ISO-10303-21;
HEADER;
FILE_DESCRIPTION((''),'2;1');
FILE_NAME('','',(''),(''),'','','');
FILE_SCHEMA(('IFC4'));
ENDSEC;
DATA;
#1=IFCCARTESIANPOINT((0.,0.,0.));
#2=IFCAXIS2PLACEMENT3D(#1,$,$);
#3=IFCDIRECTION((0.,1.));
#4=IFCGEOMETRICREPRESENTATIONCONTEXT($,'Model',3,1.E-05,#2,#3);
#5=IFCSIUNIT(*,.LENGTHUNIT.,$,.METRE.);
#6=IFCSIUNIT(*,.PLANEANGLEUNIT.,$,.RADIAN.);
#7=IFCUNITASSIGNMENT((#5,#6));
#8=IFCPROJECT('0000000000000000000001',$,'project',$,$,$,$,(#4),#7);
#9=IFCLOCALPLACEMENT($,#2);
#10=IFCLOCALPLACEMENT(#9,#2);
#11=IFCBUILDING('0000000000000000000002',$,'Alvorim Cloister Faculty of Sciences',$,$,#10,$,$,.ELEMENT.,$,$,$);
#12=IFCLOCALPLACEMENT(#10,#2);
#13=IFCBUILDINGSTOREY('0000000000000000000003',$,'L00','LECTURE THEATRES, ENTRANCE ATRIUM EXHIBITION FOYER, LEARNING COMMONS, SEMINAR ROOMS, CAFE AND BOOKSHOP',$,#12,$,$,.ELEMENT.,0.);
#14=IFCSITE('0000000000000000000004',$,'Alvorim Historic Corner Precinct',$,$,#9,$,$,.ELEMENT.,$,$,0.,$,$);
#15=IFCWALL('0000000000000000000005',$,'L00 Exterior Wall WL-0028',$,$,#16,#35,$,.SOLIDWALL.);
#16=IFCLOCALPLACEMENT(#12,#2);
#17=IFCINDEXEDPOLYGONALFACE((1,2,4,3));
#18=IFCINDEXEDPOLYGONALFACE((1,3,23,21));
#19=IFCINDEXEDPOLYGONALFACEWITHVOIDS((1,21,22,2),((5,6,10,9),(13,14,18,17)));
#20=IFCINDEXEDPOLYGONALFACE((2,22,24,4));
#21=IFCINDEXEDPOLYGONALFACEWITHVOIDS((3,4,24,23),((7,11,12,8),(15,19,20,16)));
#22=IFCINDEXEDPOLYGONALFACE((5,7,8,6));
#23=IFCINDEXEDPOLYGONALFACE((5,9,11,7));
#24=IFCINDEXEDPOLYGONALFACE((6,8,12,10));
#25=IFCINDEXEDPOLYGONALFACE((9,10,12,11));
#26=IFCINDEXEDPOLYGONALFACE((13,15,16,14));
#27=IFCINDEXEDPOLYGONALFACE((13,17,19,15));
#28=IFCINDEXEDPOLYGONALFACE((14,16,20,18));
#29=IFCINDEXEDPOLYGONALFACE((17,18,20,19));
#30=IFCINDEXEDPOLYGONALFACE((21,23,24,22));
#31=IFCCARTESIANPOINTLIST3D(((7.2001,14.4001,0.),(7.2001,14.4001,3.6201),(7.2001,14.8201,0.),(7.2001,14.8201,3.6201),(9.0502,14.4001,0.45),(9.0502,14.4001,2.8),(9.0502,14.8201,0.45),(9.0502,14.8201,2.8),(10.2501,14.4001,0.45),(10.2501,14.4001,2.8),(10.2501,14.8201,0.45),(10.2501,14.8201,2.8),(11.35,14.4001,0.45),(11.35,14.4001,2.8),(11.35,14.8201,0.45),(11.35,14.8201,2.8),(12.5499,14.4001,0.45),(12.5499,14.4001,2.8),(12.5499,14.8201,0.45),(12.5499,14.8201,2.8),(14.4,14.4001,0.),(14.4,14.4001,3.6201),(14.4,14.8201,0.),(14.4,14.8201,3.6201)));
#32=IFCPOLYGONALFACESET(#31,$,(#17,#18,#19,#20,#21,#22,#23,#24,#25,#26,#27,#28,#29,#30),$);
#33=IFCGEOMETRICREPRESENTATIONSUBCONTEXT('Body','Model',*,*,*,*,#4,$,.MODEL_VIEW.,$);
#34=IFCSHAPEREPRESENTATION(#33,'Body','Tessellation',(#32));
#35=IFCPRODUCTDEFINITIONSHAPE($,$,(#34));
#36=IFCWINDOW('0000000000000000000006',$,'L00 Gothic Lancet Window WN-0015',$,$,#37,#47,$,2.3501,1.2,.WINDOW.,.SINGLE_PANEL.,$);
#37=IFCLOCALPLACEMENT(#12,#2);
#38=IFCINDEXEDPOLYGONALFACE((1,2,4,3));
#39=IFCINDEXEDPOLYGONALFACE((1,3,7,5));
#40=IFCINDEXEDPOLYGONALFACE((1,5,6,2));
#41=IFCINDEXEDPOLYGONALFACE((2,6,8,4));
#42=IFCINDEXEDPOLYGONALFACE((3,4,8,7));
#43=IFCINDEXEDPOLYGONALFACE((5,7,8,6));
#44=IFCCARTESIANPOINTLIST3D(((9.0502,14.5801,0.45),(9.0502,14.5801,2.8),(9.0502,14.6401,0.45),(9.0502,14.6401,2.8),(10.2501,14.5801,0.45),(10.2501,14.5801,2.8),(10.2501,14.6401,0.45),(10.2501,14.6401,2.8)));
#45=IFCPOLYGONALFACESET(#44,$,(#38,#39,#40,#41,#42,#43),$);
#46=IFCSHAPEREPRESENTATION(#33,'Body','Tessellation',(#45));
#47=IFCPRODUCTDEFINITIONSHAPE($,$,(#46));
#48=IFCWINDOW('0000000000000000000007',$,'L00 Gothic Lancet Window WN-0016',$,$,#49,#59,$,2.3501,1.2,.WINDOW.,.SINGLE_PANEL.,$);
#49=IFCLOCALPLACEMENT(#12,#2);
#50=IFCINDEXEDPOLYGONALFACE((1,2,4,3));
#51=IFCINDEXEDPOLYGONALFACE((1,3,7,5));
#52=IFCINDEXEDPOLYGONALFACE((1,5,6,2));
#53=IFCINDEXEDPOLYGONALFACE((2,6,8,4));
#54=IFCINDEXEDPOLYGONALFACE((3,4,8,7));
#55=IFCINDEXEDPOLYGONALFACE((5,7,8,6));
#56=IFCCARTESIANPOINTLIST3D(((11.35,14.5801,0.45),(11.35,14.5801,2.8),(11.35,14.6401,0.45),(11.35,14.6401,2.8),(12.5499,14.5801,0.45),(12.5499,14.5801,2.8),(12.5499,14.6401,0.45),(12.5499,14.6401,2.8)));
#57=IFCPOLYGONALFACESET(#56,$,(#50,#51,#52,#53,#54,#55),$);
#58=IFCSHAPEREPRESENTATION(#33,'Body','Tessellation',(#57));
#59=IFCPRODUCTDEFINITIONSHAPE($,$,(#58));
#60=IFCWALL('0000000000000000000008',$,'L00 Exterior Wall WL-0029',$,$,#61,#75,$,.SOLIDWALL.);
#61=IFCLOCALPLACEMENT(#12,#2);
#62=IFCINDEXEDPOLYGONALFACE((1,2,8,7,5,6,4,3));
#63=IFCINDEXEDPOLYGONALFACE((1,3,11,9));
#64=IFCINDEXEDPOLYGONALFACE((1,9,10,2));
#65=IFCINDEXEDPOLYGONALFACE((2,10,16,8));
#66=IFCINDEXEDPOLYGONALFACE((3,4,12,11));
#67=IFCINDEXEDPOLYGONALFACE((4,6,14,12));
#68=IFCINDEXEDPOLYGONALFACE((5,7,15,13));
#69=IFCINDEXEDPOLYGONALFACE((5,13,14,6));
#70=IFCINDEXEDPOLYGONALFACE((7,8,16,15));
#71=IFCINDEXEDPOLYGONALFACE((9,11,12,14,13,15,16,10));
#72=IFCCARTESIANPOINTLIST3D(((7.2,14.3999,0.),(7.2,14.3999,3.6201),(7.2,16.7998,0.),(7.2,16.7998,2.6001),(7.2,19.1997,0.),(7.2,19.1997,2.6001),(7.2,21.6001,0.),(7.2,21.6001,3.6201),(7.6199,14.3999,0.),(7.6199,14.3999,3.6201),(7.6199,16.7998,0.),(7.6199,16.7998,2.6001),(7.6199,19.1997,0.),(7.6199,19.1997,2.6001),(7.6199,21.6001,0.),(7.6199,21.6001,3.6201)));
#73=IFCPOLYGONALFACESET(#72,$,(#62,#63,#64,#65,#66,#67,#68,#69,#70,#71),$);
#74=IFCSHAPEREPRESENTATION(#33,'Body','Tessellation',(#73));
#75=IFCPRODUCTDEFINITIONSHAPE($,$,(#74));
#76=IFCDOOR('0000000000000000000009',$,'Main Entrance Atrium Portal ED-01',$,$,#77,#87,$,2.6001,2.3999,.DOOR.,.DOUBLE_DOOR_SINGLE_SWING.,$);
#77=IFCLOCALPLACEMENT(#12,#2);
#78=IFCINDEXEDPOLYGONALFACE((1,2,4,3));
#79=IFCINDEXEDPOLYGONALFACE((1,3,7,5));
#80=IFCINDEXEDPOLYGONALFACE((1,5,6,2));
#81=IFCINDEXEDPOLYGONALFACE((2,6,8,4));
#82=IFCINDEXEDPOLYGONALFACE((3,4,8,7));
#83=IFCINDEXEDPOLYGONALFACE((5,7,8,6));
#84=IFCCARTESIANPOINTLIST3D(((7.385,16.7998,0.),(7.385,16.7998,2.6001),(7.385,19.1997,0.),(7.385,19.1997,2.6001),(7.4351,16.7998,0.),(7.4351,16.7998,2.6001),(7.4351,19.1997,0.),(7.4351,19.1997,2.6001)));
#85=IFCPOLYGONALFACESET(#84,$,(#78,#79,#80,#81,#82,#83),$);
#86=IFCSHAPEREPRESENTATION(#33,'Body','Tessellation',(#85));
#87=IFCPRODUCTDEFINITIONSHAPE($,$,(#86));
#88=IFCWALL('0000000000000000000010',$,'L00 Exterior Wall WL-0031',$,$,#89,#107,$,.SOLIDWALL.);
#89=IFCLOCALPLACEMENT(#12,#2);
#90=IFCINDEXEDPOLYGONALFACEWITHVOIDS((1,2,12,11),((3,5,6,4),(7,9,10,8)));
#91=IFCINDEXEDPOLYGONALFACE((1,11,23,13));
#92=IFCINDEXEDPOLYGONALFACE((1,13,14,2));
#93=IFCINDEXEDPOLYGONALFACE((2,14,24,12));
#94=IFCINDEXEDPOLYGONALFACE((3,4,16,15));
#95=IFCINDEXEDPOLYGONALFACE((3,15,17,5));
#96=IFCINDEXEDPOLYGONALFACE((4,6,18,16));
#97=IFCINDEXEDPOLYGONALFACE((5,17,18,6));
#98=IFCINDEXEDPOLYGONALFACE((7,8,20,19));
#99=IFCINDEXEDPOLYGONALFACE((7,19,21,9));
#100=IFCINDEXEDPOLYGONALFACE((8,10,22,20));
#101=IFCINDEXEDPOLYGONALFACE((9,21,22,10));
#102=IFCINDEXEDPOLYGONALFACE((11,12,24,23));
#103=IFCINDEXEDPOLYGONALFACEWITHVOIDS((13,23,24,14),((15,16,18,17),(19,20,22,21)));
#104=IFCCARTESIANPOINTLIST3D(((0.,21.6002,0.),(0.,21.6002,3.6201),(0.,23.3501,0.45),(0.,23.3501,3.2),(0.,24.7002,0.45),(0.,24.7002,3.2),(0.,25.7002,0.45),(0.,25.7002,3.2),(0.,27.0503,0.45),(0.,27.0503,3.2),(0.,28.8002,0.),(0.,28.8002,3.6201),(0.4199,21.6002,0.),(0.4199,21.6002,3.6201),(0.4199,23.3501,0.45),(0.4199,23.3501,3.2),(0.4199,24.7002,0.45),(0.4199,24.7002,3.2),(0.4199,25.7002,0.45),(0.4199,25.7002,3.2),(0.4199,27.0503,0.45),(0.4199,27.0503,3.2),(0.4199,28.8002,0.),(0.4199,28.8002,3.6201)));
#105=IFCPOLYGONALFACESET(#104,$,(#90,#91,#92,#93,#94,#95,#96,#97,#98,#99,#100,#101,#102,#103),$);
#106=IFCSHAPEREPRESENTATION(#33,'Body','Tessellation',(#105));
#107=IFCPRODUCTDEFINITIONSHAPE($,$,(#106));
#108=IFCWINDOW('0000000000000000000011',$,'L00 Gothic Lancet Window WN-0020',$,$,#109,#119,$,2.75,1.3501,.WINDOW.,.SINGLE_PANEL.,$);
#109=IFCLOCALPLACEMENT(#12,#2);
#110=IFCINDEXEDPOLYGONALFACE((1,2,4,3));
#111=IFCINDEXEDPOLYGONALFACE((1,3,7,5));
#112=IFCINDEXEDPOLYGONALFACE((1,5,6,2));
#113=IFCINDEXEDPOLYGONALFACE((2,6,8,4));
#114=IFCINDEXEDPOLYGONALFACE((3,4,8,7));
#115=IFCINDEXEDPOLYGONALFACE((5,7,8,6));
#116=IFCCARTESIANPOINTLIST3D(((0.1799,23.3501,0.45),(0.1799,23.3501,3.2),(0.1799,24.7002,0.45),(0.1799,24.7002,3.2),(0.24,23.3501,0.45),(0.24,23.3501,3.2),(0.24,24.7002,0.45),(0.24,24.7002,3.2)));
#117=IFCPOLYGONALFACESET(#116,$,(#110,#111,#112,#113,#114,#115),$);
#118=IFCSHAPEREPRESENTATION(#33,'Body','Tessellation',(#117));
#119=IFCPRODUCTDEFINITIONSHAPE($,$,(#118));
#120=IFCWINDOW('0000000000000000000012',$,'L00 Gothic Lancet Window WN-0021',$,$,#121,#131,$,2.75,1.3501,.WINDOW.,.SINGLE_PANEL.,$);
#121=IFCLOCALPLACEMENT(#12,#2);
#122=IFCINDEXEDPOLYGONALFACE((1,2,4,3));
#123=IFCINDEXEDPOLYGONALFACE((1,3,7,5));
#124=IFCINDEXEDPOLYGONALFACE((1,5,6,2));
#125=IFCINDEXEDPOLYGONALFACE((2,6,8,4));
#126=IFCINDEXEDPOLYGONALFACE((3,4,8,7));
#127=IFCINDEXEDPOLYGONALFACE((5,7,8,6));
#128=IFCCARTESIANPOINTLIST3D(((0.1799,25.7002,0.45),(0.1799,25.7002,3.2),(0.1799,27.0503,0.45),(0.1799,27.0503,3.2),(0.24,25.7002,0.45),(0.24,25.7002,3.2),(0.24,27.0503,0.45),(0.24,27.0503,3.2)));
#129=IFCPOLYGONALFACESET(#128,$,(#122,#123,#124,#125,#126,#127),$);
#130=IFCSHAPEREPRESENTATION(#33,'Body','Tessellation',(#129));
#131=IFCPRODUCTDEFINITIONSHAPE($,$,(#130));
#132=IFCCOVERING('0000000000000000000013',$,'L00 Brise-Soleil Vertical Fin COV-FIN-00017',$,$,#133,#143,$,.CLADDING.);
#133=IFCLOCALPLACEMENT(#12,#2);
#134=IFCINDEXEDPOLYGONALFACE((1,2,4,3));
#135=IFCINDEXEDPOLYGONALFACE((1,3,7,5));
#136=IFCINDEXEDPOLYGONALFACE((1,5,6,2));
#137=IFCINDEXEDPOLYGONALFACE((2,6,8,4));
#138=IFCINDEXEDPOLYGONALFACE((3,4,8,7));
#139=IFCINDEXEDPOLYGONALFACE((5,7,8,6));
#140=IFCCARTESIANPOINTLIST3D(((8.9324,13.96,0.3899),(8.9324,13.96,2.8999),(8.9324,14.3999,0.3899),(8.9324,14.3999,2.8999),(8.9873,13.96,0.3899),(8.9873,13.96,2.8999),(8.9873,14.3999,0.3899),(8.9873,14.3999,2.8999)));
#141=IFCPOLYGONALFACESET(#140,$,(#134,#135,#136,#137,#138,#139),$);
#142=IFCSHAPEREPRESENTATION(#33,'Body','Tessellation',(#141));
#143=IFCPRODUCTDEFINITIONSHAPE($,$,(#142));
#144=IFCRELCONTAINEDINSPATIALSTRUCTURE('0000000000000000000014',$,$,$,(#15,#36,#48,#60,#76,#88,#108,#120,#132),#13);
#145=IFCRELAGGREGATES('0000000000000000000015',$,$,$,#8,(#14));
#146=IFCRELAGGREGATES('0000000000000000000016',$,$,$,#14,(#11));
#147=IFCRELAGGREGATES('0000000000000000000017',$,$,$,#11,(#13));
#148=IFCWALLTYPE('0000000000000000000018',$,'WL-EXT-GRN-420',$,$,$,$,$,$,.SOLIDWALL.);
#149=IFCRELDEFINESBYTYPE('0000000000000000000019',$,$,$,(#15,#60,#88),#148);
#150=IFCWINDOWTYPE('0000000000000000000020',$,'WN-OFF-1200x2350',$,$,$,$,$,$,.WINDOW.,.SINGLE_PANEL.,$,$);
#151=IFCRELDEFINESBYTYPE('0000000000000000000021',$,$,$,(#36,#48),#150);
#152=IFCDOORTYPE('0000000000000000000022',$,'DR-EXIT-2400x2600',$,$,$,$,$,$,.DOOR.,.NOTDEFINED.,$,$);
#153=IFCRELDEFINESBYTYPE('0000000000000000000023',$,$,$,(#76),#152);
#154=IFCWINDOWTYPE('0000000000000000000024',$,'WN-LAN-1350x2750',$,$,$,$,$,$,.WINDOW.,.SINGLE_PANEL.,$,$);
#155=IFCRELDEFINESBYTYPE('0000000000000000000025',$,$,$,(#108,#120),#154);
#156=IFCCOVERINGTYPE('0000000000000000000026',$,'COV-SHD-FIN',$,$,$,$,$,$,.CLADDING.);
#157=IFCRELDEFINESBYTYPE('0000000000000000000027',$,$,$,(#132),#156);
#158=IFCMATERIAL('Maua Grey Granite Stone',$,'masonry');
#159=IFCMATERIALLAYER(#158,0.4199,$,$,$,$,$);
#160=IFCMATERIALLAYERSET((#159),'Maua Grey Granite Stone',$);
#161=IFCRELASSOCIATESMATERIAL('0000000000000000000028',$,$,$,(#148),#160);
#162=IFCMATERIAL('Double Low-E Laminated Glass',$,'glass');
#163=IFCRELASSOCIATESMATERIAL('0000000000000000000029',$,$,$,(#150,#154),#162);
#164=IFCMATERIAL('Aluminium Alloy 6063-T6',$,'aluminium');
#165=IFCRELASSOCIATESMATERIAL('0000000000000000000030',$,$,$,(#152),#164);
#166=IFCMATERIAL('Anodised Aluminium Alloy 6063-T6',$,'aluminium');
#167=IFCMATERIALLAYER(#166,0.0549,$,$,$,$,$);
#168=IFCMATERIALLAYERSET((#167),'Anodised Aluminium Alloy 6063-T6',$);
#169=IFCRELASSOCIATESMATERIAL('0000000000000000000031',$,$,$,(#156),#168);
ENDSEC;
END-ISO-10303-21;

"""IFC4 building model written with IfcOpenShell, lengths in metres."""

from ifc_helpers import new_model, si_unit, direction, frame, frame_2d, origin, place, context, subcontext, project, spatial, polyline, rectangle, outline, extrude, material, layer, layer_set, type_object, element, fill, save


model = new_model("IFC4")

# Units and contexts
model_context = context("Model", 3, precision=1e-05, world=origin(), true_north=direction((0.0, 1.0)))
body_context = subcontext(model_context, "Body", "Model", "MODEL_VIEW")
ifc_project = project(units=[si_unit("LENGTHUNIT", "METRE"), si_unit("PLANEANGLEUNIT", "RADIAN")], contexts=[model_context])

# Site, building, storey
site_placement = place(None, origin())
site = spatial("IfcSite", under=ifc_project, at=site_placement, Name="Alvorim Historic Corner Precinct", CompositionType="ELEMENT", RefElevation=0.0)
building_placement = place(site_placement, origin())
building = spatial("IfcBuilding", under=site, at=building_placement, Name="Alvorim Cloister Faculty of Sciences", CompositionType="ELEMENT")
storey_placement = place(building_placement, origin())
storey = spatial("IfcBuildingStorey", under=building, at=storey_placement, Name="L00", Description="LECTURE THEATRES, ENTRANCE ATRIUM EXHIBITION FOYER, LEARNING COMMONS, SEMINAR ROOMS, CAFE AND BOOKSHOP", CompositionType="ELEMENT", Elevation=0.0)

# Wall, openings, windows
ifc_material_1 = material(Name="Maua Grey Granite Stone", Category="masonry")
ifc_layer_1 = layer(ifc_material_1, 0.4199)
ifc_layer_set_1 = layer_set([ifc_layer_1], Name="Maua Grey Granite Stone")
wall_type = type_object("IfcWallType", Name="WL-EXT-GRN-420", PredefinedType="SOLIDWALL", material=ifc_layer_set_1)
wall_1_placement = place(storey_placement, frame((7.2, 14.6101, 0.0), z_axis=(0.0, 0.0, 1.0), x_axis=(1.0, 0.0, 0.0)))
wall_1 = element("IfcWall", 1, at=wall_1_placement, inside=storey, type_object=wall_type, Name="L00 Exterior Wall WL-0028", PredefinedType="SOLIDWALL", context=body_context, shape_type="SweptSolid", body=[
    extrude(rectangle(XDim=7.2, YDim=0.4199, at=frame_2d((3.6001, 0.0))), origin(), (0.0, 0.0, 1.0), 3.6201),
])
opening_1_placement = place(wall_1_placement, frame((1.8501, 0.0, 0.45)))
opening_1 = element("IfcOpeningElement", 2, at=opening_1_placement, cuts=wall_1, PredefinedType="OPENING", context=body_context, shape_type="SweptSolid", body=[
    extrude(rectangle(XDim=1.2, YDim=2.3501, at=frame_2d((0.6001, 1.175))), frame((0.0, 0.2219, 0.0), z_axis=(0.0, -1.0, 0.0), x_axis=(1.0, 0.0, 0.0)), (0.0, 0.0, 1.0), 0.4438),
])
opening_2_placement = place(wall_1_placement, frame((4.1499, 0.0, 0.45)))
opening_2 = element("IfcOpeningElement", 3, at=opening_2_placement, cuts=wall_1, PredefinedType="OPENING", context=body_context, shape_type="SweptSolid", body=[
    extrude(rectangle(XDim=1.2, YDim=2.3501, at=frame_2d((0.6001, 1.175))), frame((0.0, 0.2219, 0.0), z_axis=(0.0, -1.0, 0.0), x_axis=(1.0, 0.0, 0.0)), (0.0, 0.0, 1.0), 0.4438),
])
ifc_material_2 = material(Name="Double Low-E Laminated Glass", Category="glass")
window_type_1 = type_object("IfcWindowType", Name="WN-OFF-1200x2350", PartitioningType="SINGLE_PANEL", PredefinedType="WINDOW", material=ifc_material_2)
window_1_placement = place(opening_1_placement, origin())
window_1 = element("IfcWindow", 4, at=window_1_placement, inside=storey, type_object=window_type_1, Name="L00 Gothic Lancet Window WN-0015", OverallHeight=2.3501, OverallWidth=1.2, PartitioningType="SINGLE_PANEL", PredefinedType="WINDOW", context=body_context, shape_type="SweptSolid", body=[
    extrude(rectangle(XDim=1.2, YDim=2.3501, at=frame_2d((0.6001, 1.175))), frame((0.0, 0.03, 0.0), z_axis=(0.0, -1.0, 0.0), x_axis=(1.0, 0.0, 0.0)), (0.0, 0.0, 1.0), 0.0601),
])
fill(opening_1, window_1)
window_2_placement = place(opening_2_placement, origin())
window_2 = element("IfcWindow", 5, at=window_2_placement, inside=storey, type_object=window_type_1, Name="L00 Gothic Lancet Window WN-0016", OverallHeight=2.3501, OverallWidth=1.2, PartitioningType="SINGLE_PANEL", PredefinedType="WINDOW", context=body_context, shape_type="SweptSolid", body=[
    extrude(rectangle(XDim=1.2, YDim=2.3501, at=frame_2d((0.6001, 1.175))), frame((0.0, 0.03, 0.0), z_axis=(0.0, -1.0, 0.0), x_axis=(1.0, 0.0, 0.0)), (0.0, 0.0, 1.0), 0.0601),
])
fill(opening_2, window_2)

# Wall, opening, door
wall_2_placement = place(storey_placement, frame((7.4099, 14.3999, 0.0), z_axis=(0.0, 0.0, 1.0), x_axis=(0.0, 1.0, 0.0)))
wall_2 = element("IfcWall", 6, at=wall_2_placement, inside=storey, type_object=wall_type, Name="L00 Exterior Wall WL-0029", PredefinedType="SOLIDWALL", context=body_context, shape_type="SweptSolid", body=[
    extrude(rectangle(XDim=7.2002, YDim=0.4199, at=frame_2d((3.6001, 0.0))), origin(), (0.0, 0.0, 1.0), 3.6201),
])
opening_3_placement = place(wall_2_placement, frame((2.3999, 0.0, 0.0)))
opening_3 = element("IfcOpeningElement", 7, at=opening_3_placement, cuts=wall_2, PredefinedType="OPENING", context=body_context, shape_type="SweptSolid", body=[
    extrude(rectangle(XDim=2.3999, YDim=2.6001, at=frame_2d((1.2, 1.3))), frame((0.0, 0.2219, 0.0), z_axis=(0.0, -1.0, 0.0), x_axis=(1.0, 0.0, 0.0)), (0.0, 0.0, 1.0), 0.4438),
])
ifc_material_3 = material(Name="Aluminium Alloy 6063-T6", Category="aluminium")
door_type = type_object("IfcDoorType", Name="DR-EXIT-2400x2600", OperationType="NOTDEFINED", PredefinedType="DOOR", material=ifc_material_3)
door_placement = place(opening_3_placement, origin())
door = element("IfcDoor", 8, at=door_placement, inside=storey, type_object=door_type, Name="Main Entrance Atrium Portal ED-01", OperationType="DOUBLE_DOOR_SINGLE_SWING", OverallHeight=2.6001, OverallWidth=2.3999, PredefinedType="DOOR", context=body_context, shape_type="SweptSolid", body=[
    extrude(rectangle(XDim=2.3999, YDim=2.6001, at=frame_2d((1.2, 1.3))), frame((0.0, 0.0249, 0.0), z_axis=(0.0, -1.0, 0.0), x_axis=(1.0, 0.0, 0.0)), (0.0, 0.0, 1.0), 0.05),
])
fill(opening_3, door)

# Wall, openings, windows
wall_3_placement = place(storey_placement, frame((0.21, 21.6001, 0.0), z_axis=(0.0, 0.0, 1.0), x_axis=(0.0, 1.0, 0.0)))
wall_3 = element("IfcWall", 9, at=wall_3_placement, inside=storey, type_object=wall_type, Name="L00 Exterior Wall WL-0031", PredefinedType="SOLIDWALL", context=body_context, shape_type="SweptSolid", body=[
    extrude(rectangle(XDim=7.2, YDim=0.4199, at=frame_2d((3.6001, 0.0))), origin(), (0.0, 0.0, 1.0), 3.6201),
])
opening_4_placement = place(wall_3_placement, frame((1.75, 0.0, 0.45)))
opening_4 = element("IfcOpeningElement", 10, at=opening_4_placement, cuts=wall_3, PredefinedType="OPENING", context=body_context, shape_type="SweptSolid", body=[
    extrude(rectangle(XDim=1.3501, YDim=2.75, at=frame_2d((0.675, 1.375))), frame((0.0, 0.2219, 0.0), z_axis=(0.0, -1.0, 0.0), x_axis=(1.0, 0.0, 0.0)), (0.0, 0.0, 1.0), 0.4438),
])
opening_5_placement = place(wall_3_placement, frame((4.1001, 0.0, 0.45)))
opening_5 = element("IfcOpeningElement", 11, at=opening_5_placement, cuts=wall_3, PredefinedType="OPENING", context=body_context, shape_type="SweptSolid", body=[
    extrude(rectangle(XDim=1.3501, YDim=2.75, at=frame_2d((0.675, 1.375))), frame((0.0, 0.2219, 0.0), z_axis=(0.0, -1.0, 0.0), x_axis=(1.0, 0.0, 0.0)), (0.0, 0.0, 1.0), 0.4438),
])
window_type_2 = type_object("IfcWindowType", Name="WN-LAN-1350x2750", PartitioningType="SINGLE_PANEL", PredefinedType="WINDOW", material=ifc_material_2)
window_3_placement = place(opening_4_placement, origin())
window_3 = element("IfcWindow", 12, at=window_3_placement, inside=storey, type_object=window_type_2, Name="L00 Gothic Lancet Window WN-0020", OverallHeight=2.75, OverallWidth=1.3501, PartitioningType="SINGLE_PANEL", PredefinedType="WINDOW", context=body_context, shape_type="SweptSolid", body=[
    extrude(rectangle(XDim=1.3501, YDim=2.75, at=frame_2d((0.675, 1.375))), frame((0.0, 0.03, 0.0), z_axis=(0.0, -1.0, 0.0), x_axis=(1.0, 0.0, 0.0)), (0.0, 0.0, 1.0), 0.0601),
])
fill(opening_4, window_3)
window_4_placement = place(opening_5_placement, origin())
window_4 = element("IfcWindow", 13, at=window_4_placement, inside=storey, type_object=window_type_2, Name="L00 Gothic Lancet Window WN-0021", OverallHeight=2.75, OverallWidth=1.3501, PartitioningType="SINGLE_PANEL", PredefinedType="WINDOW", context=body_context, shape_type="SweptSolid", body=[
    extrude(rectangle(XDim=1.3501, YDim=2.75, at=frame_2d((0.675, 1.375))), frame((0.0, 0.03, 0.0), z_axis=(0.0, -1.0, 0.0), x_axis=(1.0, 0.0, 0.0)), (0.0, 0.0, 1.0), 0.0601),
])
fill(opening_5, window_4)

# Covering
ifc_material_4 = material(Name="Anodised Aluminium Alloy 6063-T6", Category="aluminium")
ifc_layer_2 = layer(ifc_material_4, 0.0549)
ifc_layer_set_2 = layer_set([ifc_layer_2], Name="Anodised Aluminium Alloy 6063-T6")
covering_type = type_object("IfcCoveringType", Name="COV-SHD-FIN", PredefinedType="CLADDING", material=ifc_layer_set_2)
covering_placement = place(storey_placement, frame((8.96, 14.3999, 0.3899), z_axis=(0.0, 0.0, 1.0), x_axis=(0.0, -1.0, 0.0)))
element("IfcCovering", 14, at=covering_placement, inside=storey, type_object=covering_type, Name="L00 Brise-Soleil Vertical Fin COV-FIN-00017", PredefinedType="CLADDING", context=body_context, shape_type="SweptSolid", body=[
    extrude(outline(polyline([(0.0, 0.0), (0.4399, 0.0), (0.4399, 2.51), (0.0, 2.51), (0.0, 0.0)])), frame((0.0, 0.0273, 0.0), z_axis=(0.0, -1.0, 0.0), x_axis=(1.0, 0.0, 0.0)), (0.0, 0.0, 1.0), 0.0549),
])

save(model, "model.ifc")
